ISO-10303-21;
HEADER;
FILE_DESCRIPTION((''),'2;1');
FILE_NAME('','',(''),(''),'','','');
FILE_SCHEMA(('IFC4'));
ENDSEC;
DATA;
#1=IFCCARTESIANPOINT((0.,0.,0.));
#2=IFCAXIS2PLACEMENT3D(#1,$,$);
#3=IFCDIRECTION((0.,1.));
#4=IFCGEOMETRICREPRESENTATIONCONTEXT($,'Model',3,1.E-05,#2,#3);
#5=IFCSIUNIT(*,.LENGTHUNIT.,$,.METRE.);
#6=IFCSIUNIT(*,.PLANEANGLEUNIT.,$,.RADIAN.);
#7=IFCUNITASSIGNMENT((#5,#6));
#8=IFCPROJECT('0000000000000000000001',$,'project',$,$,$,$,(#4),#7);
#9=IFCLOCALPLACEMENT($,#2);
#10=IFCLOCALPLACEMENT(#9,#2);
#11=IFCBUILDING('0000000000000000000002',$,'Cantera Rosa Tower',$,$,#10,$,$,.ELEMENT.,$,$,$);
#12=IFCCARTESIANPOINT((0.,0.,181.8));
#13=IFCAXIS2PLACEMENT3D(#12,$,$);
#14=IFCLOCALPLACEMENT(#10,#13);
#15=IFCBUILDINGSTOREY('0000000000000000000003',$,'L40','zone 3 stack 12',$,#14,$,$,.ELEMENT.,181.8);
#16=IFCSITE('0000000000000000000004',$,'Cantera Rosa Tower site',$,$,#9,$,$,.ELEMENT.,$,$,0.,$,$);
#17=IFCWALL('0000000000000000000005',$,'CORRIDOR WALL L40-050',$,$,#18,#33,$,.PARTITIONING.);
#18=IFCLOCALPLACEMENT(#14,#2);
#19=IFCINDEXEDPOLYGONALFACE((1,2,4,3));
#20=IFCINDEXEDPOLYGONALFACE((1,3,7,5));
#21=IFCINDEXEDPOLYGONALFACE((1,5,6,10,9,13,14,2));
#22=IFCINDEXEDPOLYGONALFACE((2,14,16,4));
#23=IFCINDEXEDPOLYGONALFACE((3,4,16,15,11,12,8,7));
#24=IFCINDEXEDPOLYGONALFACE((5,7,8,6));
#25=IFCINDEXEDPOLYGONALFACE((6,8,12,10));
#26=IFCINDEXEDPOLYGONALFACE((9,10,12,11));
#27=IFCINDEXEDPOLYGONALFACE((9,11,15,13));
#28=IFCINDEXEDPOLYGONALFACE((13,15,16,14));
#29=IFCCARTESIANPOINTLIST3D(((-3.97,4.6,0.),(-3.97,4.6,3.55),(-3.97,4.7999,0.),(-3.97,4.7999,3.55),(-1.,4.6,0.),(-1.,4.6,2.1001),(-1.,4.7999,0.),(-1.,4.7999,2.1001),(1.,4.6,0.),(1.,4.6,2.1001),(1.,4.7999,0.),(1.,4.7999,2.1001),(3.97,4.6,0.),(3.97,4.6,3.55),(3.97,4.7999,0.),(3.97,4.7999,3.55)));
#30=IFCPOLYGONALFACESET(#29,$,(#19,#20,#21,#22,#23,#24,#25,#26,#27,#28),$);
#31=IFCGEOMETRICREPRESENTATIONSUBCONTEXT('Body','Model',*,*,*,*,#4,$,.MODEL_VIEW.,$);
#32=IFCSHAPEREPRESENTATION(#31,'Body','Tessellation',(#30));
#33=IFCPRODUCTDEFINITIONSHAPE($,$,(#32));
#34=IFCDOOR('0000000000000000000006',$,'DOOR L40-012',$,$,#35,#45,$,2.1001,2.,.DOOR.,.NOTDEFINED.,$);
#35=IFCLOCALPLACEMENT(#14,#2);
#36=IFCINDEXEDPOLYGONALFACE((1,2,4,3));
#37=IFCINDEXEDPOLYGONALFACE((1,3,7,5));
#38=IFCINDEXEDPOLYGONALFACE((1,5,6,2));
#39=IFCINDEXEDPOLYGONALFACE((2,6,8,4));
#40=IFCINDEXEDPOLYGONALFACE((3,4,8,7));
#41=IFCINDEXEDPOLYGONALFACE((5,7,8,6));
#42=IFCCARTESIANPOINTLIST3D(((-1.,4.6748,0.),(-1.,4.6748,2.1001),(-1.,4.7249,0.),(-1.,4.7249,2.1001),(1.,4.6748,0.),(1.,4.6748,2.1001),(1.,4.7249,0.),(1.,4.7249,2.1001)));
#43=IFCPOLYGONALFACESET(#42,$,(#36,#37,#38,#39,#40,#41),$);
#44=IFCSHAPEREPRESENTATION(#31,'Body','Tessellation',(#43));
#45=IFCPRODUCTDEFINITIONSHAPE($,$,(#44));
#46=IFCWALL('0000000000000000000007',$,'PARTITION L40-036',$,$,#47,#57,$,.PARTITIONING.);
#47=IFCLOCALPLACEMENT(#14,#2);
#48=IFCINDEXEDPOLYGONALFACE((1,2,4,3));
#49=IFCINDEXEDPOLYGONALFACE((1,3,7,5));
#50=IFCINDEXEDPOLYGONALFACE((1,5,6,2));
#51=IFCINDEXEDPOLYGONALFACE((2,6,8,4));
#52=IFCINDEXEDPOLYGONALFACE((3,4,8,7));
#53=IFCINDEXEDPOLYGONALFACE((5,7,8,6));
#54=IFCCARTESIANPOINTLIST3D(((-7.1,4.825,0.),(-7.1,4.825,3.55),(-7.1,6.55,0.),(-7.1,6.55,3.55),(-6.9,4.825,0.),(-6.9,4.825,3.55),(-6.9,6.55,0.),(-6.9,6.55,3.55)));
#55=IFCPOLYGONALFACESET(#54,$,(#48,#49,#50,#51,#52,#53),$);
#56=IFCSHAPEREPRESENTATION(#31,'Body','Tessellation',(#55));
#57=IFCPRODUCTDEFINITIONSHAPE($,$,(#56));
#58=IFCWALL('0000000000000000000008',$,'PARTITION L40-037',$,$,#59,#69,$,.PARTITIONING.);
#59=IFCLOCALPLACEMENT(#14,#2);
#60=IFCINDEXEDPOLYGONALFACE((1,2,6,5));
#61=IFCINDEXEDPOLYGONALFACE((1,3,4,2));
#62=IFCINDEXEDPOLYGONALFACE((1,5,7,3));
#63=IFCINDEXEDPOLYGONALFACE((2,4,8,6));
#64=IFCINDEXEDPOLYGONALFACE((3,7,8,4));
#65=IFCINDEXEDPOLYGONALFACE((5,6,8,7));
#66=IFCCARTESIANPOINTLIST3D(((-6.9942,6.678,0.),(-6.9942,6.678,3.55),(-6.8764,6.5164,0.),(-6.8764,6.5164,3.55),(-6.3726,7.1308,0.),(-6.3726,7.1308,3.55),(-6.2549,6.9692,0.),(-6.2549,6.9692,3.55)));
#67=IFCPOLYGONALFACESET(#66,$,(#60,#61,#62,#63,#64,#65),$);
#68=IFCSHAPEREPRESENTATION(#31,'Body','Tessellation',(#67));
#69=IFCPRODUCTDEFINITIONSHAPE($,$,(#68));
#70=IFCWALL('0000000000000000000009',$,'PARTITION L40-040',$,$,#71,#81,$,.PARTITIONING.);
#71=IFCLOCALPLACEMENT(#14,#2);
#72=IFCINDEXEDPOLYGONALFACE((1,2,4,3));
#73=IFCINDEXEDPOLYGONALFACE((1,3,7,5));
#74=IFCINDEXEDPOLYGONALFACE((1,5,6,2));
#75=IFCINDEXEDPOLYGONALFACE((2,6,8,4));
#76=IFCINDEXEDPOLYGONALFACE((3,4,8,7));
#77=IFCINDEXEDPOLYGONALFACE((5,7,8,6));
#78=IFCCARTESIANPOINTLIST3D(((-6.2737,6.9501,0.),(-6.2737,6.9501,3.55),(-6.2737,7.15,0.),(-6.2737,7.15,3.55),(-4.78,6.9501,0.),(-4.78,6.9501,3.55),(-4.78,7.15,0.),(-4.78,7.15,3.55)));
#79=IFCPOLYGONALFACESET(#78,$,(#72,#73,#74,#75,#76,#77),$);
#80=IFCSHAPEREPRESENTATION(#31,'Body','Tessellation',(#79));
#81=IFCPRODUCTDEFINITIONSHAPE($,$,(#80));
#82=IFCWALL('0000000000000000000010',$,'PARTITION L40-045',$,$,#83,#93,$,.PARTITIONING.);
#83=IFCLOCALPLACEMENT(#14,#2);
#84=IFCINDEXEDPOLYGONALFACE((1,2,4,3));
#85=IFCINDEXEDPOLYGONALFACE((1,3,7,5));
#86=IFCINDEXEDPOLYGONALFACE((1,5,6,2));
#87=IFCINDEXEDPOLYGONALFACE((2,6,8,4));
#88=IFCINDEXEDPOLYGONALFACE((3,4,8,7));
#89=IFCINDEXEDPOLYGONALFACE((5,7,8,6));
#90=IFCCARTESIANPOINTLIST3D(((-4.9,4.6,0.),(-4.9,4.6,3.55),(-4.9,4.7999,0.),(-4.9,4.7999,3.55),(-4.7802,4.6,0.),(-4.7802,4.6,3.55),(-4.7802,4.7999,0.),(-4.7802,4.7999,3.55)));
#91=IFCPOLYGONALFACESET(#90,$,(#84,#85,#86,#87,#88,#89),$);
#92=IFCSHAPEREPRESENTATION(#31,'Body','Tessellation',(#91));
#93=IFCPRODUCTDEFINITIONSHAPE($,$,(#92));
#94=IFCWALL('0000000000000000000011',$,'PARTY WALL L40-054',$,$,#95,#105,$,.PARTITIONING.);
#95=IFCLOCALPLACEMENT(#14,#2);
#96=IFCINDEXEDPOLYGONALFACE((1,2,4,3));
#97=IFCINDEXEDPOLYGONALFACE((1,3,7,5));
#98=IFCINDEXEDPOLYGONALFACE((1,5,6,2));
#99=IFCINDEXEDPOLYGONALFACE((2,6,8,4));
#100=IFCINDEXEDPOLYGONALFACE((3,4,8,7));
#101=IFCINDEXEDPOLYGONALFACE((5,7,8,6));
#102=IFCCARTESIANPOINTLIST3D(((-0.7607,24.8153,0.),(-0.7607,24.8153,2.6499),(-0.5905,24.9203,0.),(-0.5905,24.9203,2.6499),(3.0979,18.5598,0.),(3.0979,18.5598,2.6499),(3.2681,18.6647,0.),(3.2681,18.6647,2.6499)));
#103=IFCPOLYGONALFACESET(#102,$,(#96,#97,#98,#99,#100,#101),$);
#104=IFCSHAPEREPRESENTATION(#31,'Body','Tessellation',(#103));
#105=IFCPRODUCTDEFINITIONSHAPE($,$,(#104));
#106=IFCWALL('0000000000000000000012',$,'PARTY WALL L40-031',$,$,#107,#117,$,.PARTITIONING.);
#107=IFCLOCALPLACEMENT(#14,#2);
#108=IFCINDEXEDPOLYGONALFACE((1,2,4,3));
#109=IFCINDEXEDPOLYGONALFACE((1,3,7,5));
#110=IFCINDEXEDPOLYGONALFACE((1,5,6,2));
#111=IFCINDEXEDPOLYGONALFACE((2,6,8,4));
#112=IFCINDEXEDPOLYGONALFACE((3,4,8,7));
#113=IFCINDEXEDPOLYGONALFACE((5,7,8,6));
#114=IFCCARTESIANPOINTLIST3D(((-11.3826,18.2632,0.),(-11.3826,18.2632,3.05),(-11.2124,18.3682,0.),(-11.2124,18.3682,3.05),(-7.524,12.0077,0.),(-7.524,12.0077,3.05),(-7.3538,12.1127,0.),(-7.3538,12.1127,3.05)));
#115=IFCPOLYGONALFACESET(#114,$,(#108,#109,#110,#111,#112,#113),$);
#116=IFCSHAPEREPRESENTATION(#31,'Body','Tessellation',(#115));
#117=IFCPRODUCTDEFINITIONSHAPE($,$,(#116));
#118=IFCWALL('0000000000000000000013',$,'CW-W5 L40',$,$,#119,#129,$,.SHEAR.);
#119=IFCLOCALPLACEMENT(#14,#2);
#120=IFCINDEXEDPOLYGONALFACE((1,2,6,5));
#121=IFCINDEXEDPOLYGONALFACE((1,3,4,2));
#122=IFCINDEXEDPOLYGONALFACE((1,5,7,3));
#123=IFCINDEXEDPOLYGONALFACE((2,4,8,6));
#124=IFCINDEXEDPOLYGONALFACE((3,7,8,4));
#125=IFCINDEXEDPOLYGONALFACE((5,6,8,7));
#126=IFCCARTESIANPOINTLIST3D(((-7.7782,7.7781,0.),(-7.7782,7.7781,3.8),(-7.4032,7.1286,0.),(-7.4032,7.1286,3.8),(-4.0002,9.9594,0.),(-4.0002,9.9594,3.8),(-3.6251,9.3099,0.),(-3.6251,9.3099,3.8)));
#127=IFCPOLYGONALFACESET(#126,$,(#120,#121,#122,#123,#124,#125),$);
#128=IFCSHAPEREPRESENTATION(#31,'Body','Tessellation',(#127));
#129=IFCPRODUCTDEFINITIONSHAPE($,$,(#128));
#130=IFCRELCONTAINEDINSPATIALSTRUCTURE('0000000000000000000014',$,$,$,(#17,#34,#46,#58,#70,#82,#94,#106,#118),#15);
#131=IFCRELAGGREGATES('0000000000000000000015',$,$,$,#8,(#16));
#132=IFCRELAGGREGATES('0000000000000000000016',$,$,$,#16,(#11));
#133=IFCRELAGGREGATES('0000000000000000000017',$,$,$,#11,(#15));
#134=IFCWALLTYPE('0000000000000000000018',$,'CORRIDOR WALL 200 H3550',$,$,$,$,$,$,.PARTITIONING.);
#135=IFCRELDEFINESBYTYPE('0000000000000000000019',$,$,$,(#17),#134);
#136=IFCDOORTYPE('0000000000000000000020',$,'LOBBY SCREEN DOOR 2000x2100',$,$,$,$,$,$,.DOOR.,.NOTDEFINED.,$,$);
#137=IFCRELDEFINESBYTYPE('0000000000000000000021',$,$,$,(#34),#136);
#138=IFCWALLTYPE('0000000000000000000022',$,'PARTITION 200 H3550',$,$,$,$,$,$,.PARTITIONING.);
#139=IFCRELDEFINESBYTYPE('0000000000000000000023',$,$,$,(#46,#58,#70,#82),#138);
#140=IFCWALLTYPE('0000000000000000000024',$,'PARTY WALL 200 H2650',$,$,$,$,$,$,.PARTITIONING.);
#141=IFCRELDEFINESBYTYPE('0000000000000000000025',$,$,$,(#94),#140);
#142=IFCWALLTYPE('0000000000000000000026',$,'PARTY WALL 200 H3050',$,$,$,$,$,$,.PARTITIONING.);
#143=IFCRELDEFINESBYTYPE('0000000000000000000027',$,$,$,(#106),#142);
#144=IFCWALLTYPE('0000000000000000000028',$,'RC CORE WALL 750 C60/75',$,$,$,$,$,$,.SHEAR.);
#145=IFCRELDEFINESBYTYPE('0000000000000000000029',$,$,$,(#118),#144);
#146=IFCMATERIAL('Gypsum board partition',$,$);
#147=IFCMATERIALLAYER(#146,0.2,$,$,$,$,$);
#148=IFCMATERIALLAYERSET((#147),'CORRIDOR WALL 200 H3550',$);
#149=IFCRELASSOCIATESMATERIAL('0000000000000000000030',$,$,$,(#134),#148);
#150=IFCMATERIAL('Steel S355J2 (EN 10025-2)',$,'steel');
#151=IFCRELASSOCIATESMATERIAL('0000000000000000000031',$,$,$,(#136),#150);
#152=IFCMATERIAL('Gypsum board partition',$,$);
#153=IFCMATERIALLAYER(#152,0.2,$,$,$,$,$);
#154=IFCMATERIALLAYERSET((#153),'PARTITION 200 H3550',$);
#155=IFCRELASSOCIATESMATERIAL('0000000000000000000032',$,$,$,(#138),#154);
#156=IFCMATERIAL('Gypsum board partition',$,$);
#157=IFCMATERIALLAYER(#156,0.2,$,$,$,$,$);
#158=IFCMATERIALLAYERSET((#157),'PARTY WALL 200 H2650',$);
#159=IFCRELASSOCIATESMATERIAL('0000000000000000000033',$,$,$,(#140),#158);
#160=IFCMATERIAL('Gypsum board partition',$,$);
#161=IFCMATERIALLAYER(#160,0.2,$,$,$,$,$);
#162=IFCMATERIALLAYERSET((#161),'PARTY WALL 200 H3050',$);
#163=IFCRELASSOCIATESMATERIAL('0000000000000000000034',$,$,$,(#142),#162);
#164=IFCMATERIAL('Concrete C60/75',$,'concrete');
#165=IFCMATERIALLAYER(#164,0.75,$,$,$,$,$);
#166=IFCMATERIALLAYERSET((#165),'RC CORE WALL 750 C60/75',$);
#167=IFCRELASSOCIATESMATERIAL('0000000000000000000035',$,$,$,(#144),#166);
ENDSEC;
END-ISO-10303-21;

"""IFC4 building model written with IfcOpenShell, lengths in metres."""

from ifc_helpers import new_model, si_unit, direction, frame, frame_2d, origin, place, context, subcontext, project, spatial, rectangle, extrude, material, layer, layer_set, type_object, element, fill, save


model = new_model("IFC4")

# Units and contexts
model_context = context("Model", 3, precision=1e-05, world=origin(), true_north=direction((0.0, 1.0)))
body_context = subcontext(model_context, "Body", "Model", "MODEL_VIEW")
ifc_project = project(units=[si_unit("LENGTHUNIT", "METRE"), si_unit("PLANEANGLEUNIT", "RADIAN")], contexts=[model_context])

# Site, building, storey
site_placement = place(None, origin())
site = spatial("IfcSite", under=ifc_project, at=site_placement, Name="Cantera Rosa Tower site", CompositionType="ELEMENT", RefElevation=0.0)
building_placement = place(site_placement, origin())
building = spatial("IfcBuilding", under=site, at=building_placement, Name="Cantera Rosa Tower", CompositionType="ELEMENT")
storey_placement = place(building_placement, frame((0.0, 0.0, 181.8)))
storey = spatial("IfcBuildingStorey", under=building, at=storey_placement, Name="L40", Description="zone 3 stack 12", CompositionType="ELEMENT", Elevation=181.8)

# Shared definitions
ifc_material_1 = material(Name="Gypsum board partition")
ifc_layer_1 = layer(ifc_material_1, 0.2)
ifc_layer_set_1 = layer_set([ifc_layer_1], Name="CORRIDOR WALL 200 H3550")
wall_type_1 = type_object("IfcWallType", Name="CORRIDOR WALL 200 H3550", PredefinedType="PARTITIONING", material=ifc_layer_set_1)

# Wall, opening, door
wall_1_placement = place(storey_placement, frame((-3.97, 4.7, 0.0), z_axis=(0.0, 0.0, 1.0), x_axis=(1.0, 0.0, 0.0)))
wall_1 = element("IfcWall", 1, at=wall_1_placement, inside=storey, type_object=wall_type_1, Name="CORRIDOR WALL L40-050", PredefinedType="PARTITIONING", context=body_context, shape_type="SweptSolid", body=[
    extrude(rectangle(XDim=7.9399, YDim=0.2, at=frame_2d((3.97, 0.0))), origin(), (0.0, 0.0, 1.0), 3.55),
])
opening_1_placement = place(wall_1_placement, frame((2.97, 0.0, 0.0)))
opening_1 = element("IfcOpeningElement", 2, at=opening_1_placement, cuts=wall_1, PredefinedType="OPENING", context=body_context, shape_type="SweptSolid", body=[
    extrude(rectangle(XDim=2.0, YDim=2.1001, at=frame_2d((1.0, 1.05))), frame((0.0, 0.1099, 0.0), z_axis=(0.0, -1.0, 0.0), x_axis=(1.0, 0.0, 0.0)), (0.0, 0.0, 1.0), 0.22),
])
ifc_material_2 = material(Name="Steel S355J2 (EN 10025-2)", Category="steel")
door_type_1 = type_object("IfcDoorType", Name="LOBBY SCREEN DOOR 2000x2100", OperationType="NOTDEFINED", PredefinedType="DOOR", material=ifc_material_2)
door_1_placement = place(opening_1_placement, origin())
door_1 = element("IfcDoor", 3, at=door_1_placement, inside=storey, type_object=door_type_1, Name="DOOR L40-012", OperationType="NOTDEFINED", OverallHeight=2.1001, OverallWidth=2.0, PredefinedType="DOOR", context=body_context, shape_type="SweptSolid", body=[
    extrude(rectangle(XDim=2.0, YDim=2.1001, at=frame_2d((1.0, 1.05))), frame((0.0, 0.0249, 0.0), z_axis=(0.0, -1.0, 0.0), x_axis=(1.0, 0.0, 0.0)), (0.0, 0.0, 1.0), 0.05),
])
fill(opening_1, door_1)

# Walls
ifc_material_3 = material(Name="Gypsum board partition")
ifc_layer_2 = layer(ifc_material_3, 0.2)
ifc_layer_set_2 = layer_set([ifc_layer_2], Name="PARTITION 200 H3550")
wall_type_2 = type_object("IfcWallType", Name="PARTITION 200 H3550", PredefinedType="PARTITIONING", material=ifc_layer_set_2)
wall_2_placement = place(storey_placement, frame((-7.0, 4.825, 0.0), z_axis=(0.0, 0.0, 1.0), x_axis=(0.0, 1.0, 0.0)))
element("IfcWall", 4, at=wall_2_placement, inside=storey, type_object=wall_type_2, Name="PARTITION L40-036", PredefinedType="PARTITIONING", context=body_context, shape_type="SweptSolid", body=[
    extrude(rectangle(XDim=1.7251, YDim=0.2, at=frame_2d((0.8625, 0.0))), origin(), (0.0, 0.0, 1.0), 3.55),
])
wall_3_placement = place(storey_placement, frame((-6.9353, 6.5972, 0.0), z_axis=(0.0, 0.0, 1.0), x_axis=(0.808228, 0.58887, 0.0)))
element("IfcWall", 5, at=wall_3_placement, inside=storey, type_object=wall_type_2, Name="PARTITION L40-037", PredefinedType="PARTITIONING", context=body_context, shape_type="SweptSolid", body=[
    extrude(rectangle(XDim=0.769, YDim=0.2, at=frame_2d((0.3845, 0.0))), origin(), (0.0, 0.0, 1.0), 3.55),
])
wall_4_placement = place(storey_placement, frame((-6.2737, 7.05, 0.0), z_axis=(0.0, 0.0, 1.0), x_axis=(1.0, 0.0, 0.0)))
element("IfcWall", 6, at=wall_4_placement, inside=storey, type_object=wall_type_2, Name="PARTITION L40-040", PredefinedType="PARTITIONING", context=body_context, shape_type="SweptSolid", body=[
    extrude(rectangle(XDim=1.4937, YDim=0.2, at=frame_2d((0.7468, 0.0))), origin(), (0.0, 0.0, 1.0), 3.55),
])
wall_5_placement = place(storey_placement, frame((-4.78, 4.7, 0.0), z_axis=(0.0, 0.0, 1.0), x_axis=(-1.0, 0.0, 0.0)))
element("IfcWall", 7, at=wall_5_placement, inside=storey, type_object=wall_type_2, Name="PARTITION L40-045", PredefinedType="PARTITIONING", context=body_context, shape_type="SweptSolid", body=[
    extrude(rectangle(XDim=0.1199, YDim=0.2, at=frame_2d((0.0601, 0.0))), origin(), (0.0, 0.0, 1.0), 3.55),
])
ifc_material_4 = material(Name="Gypsum board partition")
ifc_layer_3 = layer(ifc_material_4, 0.2)
ifc_layer_set_3 = layer_set([ifc_layer_3], Name="PARTY WALL 200 H2650")
wall_type_3 = type_object("IfcWallType", Name="PARTY WALL 200 H2650", PredefinedType="PARTITIONING", material=ifc_layer_set_3)
wall_6_placement = place(storey_placement, frame((-0.6755, 24.8677, 0.0), z_axis=(0.0, 0.0, 1.0), x_axis=(0.524989, -0.851109, 0.0)))
element("IfcWall", 8, at=wall_6_placement, inside=storey, type_object=wall_type_3, Name="PARTY WALL L40-054", PredefinedType="PARTITIONING", context=body_context, shape_type="SweptSolid", body=[
    extrude(rectangle(XDim=7.3499, YDim=0.2, at=frame_2d((3.6748, 0.0))), origin(), (0.0, 0.0, 1.0), 2.6499),
])
ifc_material_5 = material(Name="Gypsum board partition")
ifc_layer_4 = layer(ifc_material_5, 0.2)
ifc_layer_set_4 = layer_set([ifc_layer_4], Name="PARTY WALL 200 H3050")
wall_type_4 = type_object("IfcWallType", Name="PARTY WALL 200 H3050", PredefinedType="PARTITIONING", material=ifc_layer_set_4)
wall_7_placement = place(storey_placement, frame((-7.439, 12.0603, 0.0), z_axis=(0.0, 0.0, 1.0), x_axis=(-0.524989, 0.851109, 0.0)))
element("IfcWall", 9, at=wall_7_placement, inside=storey, type_object=wall_type_4, Name="PARTY WALL L40-031", PredefinedType="PARTITIONING", context=body_context, shape_type="SweptSolid", body=[
    extrude(rectangle(XDim=7.3499, YDim=0.2, at=frame_2d((3.6748, 0.0))), origin(), (0.0, 0.0, 1.0), 3.05),
])
ifc_material_6 = material(Name="Concrete C60/75", Category="concrete")
ifc_layer_5 = layer(ifc_material_6, 0.75)
ifc_layer_set_5 = layer_set([ifc_layer_5], Name="RC CORE WALL 750 C60/75")
wall_type_5 = type_object("IfcWallType", Name="RC CORE WALL 750 C60/75", PredefinedType="SHEAR", material=ifc_layer_set_5)
wall_8_placement = place(storey_placement, frame((-7.5906, 7.4534, 0.0), z_axis=(0.0, 0.0, 1.0), x_axis=(0.866013, 0.500021, 0.0)))
element("IfcWall", 10, at=wall_8_placement, inside=storey, type_object=wall_type_5, Name="CW-W5 L40", PredefinedType="SHEAR", context=body_context, shape_type="SweptSolid", body=[
    extrude(rectangle(XDim=4.3625, YDim=0.75, at=frame_2d((2.1812, 0.0))), origin(), (0.0, 0.0, 1.0), 3.8),
])

save(model, "model.ifc")
